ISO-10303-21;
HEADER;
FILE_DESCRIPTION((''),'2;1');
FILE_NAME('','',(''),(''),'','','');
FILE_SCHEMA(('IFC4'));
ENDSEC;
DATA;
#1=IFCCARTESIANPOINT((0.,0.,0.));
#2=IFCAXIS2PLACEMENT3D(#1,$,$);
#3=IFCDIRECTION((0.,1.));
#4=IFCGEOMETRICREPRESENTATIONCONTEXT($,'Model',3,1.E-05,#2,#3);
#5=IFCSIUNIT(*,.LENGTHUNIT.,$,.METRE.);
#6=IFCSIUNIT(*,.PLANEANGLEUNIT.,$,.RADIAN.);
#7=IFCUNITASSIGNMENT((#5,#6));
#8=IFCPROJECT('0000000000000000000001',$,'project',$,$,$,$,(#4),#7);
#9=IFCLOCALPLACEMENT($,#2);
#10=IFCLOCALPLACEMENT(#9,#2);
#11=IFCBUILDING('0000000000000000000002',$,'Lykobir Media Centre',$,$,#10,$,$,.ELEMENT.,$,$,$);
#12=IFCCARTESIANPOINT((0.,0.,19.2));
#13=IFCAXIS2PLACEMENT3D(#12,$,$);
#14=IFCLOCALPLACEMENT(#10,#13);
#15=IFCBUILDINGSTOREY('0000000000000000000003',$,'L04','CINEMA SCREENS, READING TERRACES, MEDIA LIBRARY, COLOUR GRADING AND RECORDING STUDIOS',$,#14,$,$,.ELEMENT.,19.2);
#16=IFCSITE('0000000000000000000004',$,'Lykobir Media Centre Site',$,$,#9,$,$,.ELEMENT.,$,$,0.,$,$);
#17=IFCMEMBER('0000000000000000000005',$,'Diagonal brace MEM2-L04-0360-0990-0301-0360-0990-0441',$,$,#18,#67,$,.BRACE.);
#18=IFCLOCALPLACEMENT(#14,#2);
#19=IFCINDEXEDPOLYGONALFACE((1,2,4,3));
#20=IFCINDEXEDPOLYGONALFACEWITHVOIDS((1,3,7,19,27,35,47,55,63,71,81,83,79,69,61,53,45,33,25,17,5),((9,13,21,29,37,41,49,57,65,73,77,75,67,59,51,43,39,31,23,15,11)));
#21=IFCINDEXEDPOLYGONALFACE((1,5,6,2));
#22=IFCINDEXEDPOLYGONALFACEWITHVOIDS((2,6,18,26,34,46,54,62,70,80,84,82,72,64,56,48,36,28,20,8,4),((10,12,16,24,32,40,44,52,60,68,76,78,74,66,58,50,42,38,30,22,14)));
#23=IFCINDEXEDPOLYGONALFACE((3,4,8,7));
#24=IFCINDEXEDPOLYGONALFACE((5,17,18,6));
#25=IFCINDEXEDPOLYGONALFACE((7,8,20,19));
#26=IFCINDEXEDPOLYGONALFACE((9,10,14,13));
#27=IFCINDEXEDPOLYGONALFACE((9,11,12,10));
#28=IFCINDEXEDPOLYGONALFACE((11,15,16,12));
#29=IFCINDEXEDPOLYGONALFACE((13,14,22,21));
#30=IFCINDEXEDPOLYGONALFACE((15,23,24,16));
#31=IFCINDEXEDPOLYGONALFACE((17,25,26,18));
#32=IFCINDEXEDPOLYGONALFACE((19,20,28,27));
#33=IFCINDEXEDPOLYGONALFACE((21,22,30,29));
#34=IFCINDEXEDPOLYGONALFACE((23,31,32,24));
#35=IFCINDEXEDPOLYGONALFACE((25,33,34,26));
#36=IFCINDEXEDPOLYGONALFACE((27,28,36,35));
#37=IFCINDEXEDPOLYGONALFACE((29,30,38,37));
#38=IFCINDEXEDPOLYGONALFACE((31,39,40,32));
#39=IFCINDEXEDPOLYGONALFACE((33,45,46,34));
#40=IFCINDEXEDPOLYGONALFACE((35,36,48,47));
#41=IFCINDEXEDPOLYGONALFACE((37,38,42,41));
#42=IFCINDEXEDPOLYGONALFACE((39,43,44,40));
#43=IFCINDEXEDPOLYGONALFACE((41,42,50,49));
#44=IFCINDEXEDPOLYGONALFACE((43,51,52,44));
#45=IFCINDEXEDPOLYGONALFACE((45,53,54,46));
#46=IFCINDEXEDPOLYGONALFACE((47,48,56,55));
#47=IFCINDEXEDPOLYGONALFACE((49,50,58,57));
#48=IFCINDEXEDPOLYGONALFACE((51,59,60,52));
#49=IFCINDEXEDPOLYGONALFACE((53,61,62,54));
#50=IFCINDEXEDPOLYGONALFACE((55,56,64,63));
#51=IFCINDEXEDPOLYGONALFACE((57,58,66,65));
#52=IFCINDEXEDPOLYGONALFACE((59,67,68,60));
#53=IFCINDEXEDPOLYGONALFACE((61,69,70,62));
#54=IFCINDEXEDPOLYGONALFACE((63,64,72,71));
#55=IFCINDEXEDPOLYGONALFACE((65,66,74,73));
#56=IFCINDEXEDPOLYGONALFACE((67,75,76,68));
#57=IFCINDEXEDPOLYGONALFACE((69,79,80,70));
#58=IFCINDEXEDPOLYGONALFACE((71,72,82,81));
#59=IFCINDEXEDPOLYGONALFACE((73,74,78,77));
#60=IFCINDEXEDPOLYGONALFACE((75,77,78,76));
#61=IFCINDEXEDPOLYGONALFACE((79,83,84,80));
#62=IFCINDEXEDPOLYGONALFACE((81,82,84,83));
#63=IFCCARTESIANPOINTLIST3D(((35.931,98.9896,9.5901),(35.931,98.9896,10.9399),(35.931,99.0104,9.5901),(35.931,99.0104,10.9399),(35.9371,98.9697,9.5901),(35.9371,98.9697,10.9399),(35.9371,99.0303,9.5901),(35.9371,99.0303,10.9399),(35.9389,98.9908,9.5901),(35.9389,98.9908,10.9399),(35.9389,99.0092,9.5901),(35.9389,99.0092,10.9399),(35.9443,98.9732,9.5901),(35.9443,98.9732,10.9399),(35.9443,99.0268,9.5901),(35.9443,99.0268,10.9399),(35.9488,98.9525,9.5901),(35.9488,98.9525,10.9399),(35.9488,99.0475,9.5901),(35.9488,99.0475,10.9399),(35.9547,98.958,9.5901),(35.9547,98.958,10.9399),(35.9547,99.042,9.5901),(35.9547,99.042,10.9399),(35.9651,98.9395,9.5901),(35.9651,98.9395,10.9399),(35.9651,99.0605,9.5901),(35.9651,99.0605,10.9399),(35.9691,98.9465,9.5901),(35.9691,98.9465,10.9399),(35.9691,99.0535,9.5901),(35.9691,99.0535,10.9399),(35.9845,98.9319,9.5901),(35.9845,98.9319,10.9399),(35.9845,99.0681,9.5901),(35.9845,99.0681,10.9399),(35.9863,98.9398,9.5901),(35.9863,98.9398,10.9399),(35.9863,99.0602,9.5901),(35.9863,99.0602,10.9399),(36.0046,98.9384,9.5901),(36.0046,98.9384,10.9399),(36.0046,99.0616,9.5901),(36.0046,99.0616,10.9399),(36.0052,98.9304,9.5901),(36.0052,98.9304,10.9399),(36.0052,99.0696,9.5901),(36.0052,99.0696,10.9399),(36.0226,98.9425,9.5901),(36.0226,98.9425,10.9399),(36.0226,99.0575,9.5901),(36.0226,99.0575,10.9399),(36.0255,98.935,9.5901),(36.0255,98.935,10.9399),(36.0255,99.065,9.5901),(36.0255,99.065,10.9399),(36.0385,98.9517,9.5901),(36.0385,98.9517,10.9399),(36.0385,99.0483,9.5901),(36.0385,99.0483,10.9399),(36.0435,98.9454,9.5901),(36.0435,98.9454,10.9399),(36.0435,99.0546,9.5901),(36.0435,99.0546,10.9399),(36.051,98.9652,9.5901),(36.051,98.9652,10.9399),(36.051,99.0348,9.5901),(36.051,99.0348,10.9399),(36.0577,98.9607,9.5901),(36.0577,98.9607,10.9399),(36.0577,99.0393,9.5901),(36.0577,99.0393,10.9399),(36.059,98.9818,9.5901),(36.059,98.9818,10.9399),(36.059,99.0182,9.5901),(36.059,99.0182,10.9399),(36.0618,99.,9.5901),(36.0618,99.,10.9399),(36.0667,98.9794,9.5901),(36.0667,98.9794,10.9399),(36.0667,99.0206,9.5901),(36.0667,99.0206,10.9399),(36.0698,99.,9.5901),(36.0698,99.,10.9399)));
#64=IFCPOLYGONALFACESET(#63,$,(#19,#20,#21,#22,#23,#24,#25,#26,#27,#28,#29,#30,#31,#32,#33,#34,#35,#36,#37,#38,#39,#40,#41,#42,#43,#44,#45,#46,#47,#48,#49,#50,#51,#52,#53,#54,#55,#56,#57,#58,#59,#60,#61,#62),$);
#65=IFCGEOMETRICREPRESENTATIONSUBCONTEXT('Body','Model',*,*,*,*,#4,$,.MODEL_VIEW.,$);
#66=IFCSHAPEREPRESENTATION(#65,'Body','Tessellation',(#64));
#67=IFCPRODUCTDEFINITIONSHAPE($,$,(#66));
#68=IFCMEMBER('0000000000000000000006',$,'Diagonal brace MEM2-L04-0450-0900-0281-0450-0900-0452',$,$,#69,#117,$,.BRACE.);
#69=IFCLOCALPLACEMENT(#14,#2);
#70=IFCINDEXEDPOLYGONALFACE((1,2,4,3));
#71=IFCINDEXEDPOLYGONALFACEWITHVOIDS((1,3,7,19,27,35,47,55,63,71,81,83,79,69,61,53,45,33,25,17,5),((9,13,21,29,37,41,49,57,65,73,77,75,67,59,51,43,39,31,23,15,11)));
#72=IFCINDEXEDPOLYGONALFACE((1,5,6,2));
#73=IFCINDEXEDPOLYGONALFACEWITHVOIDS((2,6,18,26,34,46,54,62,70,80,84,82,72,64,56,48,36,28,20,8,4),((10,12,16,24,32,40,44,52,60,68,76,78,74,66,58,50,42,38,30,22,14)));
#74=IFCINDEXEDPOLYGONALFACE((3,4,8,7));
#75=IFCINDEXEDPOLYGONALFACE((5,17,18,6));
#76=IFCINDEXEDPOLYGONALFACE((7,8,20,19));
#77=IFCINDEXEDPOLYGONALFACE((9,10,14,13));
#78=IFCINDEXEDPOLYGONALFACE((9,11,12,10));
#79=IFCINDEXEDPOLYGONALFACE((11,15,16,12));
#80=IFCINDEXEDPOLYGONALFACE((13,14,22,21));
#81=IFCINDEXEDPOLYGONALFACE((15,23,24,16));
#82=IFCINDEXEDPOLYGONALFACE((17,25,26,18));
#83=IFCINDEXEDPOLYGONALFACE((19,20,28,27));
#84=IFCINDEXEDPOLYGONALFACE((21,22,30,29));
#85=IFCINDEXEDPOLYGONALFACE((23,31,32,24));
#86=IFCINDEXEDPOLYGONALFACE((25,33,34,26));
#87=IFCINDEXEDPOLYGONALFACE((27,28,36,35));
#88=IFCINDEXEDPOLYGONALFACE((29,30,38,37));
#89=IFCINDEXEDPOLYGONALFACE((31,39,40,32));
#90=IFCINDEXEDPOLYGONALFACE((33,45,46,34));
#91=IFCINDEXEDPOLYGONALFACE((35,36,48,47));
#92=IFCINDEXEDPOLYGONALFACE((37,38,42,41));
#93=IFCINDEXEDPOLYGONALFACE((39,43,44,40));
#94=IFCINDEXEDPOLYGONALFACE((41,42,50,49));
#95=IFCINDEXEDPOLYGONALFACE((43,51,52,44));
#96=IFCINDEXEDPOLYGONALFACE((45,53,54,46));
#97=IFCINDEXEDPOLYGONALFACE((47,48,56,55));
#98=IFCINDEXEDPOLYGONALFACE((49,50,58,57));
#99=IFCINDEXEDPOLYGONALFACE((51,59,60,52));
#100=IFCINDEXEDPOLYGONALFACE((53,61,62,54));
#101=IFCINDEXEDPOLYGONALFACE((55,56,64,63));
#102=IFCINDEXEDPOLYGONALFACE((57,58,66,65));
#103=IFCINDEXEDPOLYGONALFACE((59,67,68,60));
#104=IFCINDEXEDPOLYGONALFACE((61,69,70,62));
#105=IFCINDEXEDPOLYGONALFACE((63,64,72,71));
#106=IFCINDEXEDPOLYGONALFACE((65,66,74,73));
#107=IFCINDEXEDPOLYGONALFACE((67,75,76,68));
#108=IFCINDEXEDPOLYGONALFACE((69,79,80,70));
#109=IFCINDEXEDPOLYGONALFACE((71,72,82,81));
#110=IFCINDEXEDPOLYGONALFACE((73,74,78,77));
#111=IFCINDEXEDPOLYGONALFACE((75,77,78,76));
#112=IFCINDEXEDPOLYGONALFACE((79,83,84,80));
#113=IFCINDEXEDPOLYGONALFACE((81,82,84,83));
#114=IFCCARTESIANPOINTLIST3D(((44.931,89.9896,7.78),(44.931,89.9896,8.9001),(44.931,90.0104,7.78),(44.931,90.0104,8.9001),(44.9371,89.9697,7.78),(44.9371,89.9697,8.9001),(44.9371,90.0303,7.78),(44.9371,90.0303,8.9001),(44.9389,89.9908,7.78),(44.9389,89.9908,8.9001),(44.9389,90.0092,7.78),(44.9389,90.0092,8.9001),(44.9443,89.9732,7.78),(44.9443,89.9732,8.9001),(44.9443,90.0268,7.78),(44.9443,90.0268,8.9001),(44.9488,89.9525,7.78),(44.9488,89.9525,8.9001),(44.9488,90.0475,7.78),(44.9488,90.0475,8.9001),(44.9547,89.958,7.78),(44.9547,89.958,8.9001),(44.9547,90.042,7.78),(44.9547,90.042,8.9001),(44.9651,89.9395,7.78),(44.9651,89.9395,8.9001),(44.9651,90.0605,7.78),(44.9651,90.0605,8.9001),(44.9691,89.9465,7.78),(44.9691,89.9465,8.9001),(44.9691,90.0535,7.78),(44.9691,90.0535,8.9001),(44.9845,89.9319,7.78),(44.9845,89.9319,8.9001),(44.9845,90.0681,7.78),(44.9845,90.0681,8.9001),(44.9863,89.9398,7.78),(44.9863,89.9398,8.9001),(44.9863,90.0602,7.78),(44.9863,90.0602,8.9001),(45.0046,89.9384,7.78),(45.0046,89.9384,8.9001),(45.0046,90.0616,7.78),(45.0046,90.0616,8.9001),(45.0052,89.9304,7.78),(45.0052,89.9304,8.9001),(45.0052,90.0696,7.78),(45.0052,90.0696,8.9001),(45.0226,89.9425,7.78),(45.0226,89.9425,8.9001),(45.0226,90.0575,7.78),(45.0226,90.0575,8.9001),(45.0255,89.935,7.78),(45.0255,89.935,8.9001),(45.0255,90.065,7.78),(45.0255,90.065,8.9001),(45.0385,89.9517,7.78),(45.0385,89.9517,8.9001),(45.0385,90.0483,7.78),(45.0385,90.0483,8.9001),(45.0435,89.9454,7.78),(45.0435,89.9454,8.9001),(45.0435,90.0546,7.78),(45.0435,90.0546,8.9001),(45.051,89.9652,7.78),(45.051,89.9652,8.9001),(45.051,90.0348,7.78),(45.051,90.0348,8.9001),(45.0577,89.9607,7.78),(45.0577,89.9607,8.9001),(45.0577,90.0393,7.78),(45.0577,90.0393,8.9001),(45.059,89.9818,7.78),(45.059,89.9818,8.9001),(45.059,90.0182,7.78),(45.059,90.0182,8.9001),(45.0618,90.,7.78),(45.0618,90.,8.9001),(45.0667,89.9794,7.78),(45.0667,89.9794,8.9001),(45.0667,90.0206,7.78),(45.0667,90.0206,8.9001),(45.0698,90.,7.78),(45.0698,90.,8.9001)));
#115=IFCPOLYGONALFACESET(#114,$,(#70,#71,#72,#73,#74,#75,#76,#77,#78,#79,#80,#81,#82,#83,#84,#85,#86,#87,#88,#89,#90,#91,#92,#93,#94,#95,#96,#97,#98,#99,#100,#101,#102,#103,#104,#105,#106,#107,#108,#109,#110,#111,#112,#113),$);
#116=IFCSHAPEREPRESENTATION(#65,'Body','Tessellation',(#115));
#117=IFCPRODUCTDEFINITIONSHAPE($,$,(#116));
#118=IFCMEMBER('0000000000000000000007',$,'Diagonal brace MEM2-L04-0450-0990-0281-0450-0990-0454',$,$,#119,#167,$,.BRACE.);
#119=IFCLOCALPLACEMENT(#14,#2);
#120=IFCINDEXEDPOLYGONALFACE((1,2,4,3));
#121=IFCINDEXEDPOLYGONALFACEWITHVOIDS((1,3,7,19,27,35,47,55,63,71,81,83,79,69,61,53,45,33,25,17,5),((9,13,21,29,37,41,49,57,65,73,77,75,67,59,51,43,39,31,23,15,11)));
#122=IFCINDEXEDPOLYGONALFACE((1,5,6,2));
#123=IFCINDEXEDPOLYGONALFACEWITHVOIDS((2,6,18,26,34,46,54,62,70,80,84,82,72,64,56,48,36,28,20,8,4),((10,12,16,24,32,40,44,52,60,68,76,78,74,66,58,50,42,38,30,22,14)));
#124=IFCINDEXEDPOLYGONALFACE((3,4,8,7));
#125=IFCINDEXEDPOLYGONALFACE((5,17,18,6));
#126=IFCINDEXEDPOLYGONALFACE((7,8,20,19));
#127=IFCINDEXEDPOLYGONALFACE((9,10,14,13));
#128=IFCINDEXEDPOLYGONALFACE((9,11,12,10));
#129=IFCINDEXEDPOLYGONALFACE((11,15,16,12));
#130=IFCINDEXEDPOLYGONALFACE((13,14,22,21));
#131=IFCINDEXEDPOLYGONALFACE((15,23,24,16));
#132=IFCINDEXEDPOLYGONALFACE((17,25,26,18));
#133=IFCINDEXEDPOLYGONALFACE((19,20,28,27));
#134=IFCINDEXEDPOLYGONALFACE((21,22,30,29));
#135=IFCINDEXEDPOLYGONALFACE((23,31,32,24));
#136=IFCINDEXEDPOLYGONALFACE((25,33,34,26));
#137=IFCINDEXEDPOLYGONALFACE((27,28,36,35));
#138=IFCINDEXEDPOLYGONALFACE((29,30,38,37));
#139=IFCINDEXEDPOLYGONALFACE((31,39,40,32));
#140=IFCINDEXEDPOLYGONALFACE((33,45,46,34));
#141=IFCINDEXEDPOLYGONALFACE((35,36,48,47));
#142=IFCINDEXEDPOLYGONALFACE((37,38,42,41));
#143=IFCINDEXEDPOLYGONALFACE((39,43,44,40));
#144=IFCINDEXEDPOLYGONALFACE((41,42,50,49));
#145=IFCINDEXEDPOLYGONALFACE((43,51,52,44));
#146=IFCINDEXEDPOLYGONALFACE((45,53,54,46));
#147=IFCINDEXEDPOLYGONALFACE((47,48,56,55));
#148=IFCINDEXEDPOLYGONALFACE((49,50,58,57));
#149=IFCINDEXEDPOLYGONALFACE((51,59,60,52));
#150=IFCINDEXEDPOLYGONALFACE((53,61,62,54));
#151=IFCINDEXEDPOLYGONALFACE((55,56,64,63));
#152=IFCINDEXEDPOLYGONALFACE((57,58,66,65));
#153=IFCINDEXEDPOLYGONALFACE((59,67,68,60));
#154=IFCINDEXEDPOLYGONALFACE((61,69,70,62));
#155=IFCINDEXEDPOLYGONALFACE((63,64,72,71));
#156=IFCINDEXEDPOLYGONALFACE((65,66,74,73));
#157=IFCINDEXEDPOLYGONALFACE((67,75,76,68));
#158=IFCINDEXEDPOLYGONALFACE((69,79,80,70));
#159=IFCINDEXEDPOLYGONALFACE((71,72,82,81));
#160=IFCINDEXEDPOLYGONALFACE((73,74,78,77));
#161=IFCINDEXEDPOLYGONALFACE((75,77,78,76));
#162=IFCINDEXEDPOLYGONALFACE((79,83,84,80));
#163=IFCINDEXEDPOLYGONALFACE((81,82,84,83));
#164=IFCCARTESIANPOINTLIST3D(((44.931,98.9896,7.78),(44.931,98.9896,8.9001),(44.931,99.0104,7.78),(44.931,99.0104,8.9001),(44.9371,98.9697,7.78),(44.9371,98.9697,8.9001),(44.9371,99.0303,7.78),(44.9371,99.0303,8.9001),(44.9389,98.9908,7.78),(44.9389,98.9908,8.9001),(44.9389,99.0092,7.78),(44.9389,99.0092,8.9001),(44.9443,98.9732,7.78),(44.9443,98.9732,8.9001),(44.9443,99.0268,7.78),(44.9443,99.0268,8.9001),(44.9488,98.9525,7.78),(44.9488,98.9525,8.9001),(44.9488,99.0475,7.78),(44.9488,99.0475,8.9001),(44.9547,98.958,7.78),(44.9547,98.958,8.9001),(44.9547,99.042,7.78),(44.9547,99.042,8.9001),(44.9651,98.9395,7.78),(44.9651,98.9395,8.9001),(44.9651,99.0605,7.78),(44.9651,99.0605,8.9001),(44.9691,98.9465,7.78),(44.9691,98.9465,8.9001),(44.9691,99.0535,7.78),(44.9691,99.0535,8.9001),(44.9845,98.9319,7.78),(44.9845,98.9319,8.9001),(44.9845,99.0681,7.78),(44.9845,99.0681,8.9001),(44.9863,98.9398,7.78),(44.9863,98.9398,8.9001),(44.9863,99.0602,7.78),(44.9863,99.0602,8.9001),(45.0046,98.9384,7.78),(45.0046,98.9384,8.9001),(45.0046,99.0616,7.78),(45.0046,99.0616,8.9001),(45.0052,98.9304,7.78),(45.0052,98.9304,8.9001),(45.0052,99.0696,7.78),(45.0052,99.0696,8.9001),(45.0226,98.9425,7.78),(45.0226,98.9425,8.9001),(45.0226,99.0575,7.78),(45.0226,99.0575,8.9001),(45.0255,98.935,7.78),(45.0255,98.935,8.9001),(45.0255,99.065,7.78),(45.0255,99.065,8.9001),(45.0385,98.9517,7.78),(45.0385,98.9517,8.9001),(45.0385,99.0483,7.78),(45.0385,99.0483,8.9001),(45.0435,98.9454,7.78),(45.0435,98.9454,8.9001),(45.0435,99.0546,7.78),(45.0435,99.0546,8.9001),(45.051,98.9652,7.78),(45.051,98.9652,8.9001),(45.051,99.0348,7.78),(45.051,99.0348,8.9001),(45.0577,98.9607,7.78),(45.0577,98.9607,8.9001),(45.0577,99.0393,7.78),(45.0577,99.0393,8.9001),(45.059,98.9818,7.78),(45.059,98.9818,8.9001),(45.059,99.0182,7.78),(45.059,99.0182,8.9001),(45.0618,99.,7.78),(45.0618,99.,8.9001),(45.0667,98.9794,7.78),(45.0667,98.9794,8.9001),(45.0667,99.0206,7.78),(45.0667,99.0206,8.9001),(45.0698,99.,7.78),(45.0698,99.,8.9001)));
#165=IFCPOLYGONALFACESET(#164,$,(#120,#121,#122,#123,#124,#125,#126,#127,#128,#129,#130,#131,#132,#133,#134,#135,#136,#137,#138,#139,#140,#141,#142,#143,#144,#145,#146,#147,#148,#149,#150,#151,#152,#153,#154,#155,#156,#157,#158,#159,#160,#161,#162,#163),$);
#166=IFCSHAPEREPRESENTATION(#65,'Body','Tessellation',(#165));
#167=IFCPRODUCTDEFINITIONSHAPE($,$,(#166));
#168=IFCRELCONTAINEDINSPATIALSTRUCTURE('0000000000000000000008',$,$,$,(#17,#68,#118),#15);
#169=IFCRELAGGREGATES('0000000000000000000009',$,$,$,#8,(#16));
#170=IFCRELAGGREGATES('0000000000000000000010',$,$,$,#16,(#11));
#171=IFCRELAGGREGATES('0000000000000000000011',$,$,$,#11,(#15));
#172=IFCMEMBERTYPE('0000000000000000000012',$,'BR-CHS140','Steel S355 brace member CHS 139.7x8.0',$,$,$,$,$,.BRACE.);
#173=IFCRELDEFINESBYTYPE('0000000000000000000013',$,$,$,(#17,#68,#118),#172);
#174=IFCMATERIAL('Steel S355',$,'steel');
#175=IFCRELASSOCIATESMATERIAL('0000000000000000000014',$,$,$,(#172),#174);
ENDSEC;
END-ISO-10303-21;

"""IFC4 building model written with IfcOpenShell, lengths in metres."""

from ifc_helpers import new_model, si_unit, direction, frame, origin, origin_2d, place, context, subcontext, project, spatial, hollow_circle, extrude, material, material_profile, profile_set, type_object, element, save


model = new_model("IFC4")

# Units and contexts
model_context = context("Model", 3, precision=1e-05, world=origin(), true_north=direction((0.0, 1.0)))
body_context = subcontext(model_context, "Body", "Model", "MODEL_VIEW")
ifc_project = project(units=[si_unit("LENGTHUNIT", "METRE"), si_unit("PLANEANGLEUNIT", "RADIAN")], contexts=[model_context])

# Site, building, storey
site_placement = place(None, origin())
site = spatial("IfcSite", under=ifc_project, at=site_placement, Name="Lykobir Media Centre Site", CompositionType="ELEMENT", RefElevation=0.0)
building_placement = place(site_placement, origin())
building = spatial("IfcBuilding", under=site, at=building_placement, Name="Lykobir Media Centre", CompositionType="ELEMENT")
storey_placement = place(building_placement, frame((0.0, 0.0, 19.2)))
storey = spatial("IfcBuildingStorey", under=building, at=storey_placement, Name="L04", Description="CINEMA SCREENS, READING TERRACES, MEDIA LIBRARY, COLOUR GRADING AND RECORDING STUDIOS", CompositionType="ELEMENT", Elevation=19.2)

# Shared definitions
ifc_material_1 = material(Name="Steel S355", Category="steel")

# Members
ifc_material_profile_1 = material_profile(ifc_material_1, hollow_circle(Radius=0.0698, WallThickness=0.0081, at=origin_2d()), Name="CHS 139.7x8.0")
ifc_profile_set_1 = profile_set([ifc_material_profile_1], Name="Steel S355")
member_type_1 = type_object("IfcMemberType", Name="BR-CHS140", Description="Steel S355 brace member CHS 139.7x8.0", PredefinedType="BRACE", material=ifc_profile_set_1)
for number, where, z_axis, x_axis, name in (
    (1, (36.0, 99.0, 10.9399), (0.0, 0.0, -1.0), (1.0, 0.0, 0.0), "Diagonal brace MEM2-L04-0360-0990-0301-0360-0990-0441"),
):
    element("IfcMember", number, at=place(storey_placement, frame(where, z_axis=z_axis, x_axis=x_axis)), inside=storey, type_object=member_type_1, Name=name, PredefinedType="BRACE", context=body_context, shape_type="SweptSolid", body=[
        extrude(hollow_circle(Radius=0.0698, WallThickness=0.0081, at=origin_2d()), origin(), (0.0, 0.0, 1.0), 1.3499),
    ])
for number, where, z_axis, x_axis, name in (
    (2, (45.0, 90.0, 8.9001), (0.0, 0.0, -1.0), (1.0, 0.0, 0.0), "Diagonal brace MEM2-L04-0450-0900-0281-0450-0900-0452"),
    (3, (45.0, 99.0, 8.9001), (0.0, 0.0, -1.0), (1.0, 0.0, 0.0), "Diagonal brace MEM2-L04-0450-0990-0281-0450-0990-0454"),
):
    element("IfcMember", number, at=place(storey_placement, frame(where, z_axis=z_axis, x_axis=x_axis)), inside=storey, type_object=member_type_1, Name=name, PredefinedType="BRACE", context=body_context, shape_type="SweptSolid", body=[
        extrude(hollow_circle(Radius=0.0698, WallThickness=0.0081, at=origin_2d()), origin(), (0.0, 0.0, 1.0), 1.1201),
    ])

save(model, "model.ifc")
